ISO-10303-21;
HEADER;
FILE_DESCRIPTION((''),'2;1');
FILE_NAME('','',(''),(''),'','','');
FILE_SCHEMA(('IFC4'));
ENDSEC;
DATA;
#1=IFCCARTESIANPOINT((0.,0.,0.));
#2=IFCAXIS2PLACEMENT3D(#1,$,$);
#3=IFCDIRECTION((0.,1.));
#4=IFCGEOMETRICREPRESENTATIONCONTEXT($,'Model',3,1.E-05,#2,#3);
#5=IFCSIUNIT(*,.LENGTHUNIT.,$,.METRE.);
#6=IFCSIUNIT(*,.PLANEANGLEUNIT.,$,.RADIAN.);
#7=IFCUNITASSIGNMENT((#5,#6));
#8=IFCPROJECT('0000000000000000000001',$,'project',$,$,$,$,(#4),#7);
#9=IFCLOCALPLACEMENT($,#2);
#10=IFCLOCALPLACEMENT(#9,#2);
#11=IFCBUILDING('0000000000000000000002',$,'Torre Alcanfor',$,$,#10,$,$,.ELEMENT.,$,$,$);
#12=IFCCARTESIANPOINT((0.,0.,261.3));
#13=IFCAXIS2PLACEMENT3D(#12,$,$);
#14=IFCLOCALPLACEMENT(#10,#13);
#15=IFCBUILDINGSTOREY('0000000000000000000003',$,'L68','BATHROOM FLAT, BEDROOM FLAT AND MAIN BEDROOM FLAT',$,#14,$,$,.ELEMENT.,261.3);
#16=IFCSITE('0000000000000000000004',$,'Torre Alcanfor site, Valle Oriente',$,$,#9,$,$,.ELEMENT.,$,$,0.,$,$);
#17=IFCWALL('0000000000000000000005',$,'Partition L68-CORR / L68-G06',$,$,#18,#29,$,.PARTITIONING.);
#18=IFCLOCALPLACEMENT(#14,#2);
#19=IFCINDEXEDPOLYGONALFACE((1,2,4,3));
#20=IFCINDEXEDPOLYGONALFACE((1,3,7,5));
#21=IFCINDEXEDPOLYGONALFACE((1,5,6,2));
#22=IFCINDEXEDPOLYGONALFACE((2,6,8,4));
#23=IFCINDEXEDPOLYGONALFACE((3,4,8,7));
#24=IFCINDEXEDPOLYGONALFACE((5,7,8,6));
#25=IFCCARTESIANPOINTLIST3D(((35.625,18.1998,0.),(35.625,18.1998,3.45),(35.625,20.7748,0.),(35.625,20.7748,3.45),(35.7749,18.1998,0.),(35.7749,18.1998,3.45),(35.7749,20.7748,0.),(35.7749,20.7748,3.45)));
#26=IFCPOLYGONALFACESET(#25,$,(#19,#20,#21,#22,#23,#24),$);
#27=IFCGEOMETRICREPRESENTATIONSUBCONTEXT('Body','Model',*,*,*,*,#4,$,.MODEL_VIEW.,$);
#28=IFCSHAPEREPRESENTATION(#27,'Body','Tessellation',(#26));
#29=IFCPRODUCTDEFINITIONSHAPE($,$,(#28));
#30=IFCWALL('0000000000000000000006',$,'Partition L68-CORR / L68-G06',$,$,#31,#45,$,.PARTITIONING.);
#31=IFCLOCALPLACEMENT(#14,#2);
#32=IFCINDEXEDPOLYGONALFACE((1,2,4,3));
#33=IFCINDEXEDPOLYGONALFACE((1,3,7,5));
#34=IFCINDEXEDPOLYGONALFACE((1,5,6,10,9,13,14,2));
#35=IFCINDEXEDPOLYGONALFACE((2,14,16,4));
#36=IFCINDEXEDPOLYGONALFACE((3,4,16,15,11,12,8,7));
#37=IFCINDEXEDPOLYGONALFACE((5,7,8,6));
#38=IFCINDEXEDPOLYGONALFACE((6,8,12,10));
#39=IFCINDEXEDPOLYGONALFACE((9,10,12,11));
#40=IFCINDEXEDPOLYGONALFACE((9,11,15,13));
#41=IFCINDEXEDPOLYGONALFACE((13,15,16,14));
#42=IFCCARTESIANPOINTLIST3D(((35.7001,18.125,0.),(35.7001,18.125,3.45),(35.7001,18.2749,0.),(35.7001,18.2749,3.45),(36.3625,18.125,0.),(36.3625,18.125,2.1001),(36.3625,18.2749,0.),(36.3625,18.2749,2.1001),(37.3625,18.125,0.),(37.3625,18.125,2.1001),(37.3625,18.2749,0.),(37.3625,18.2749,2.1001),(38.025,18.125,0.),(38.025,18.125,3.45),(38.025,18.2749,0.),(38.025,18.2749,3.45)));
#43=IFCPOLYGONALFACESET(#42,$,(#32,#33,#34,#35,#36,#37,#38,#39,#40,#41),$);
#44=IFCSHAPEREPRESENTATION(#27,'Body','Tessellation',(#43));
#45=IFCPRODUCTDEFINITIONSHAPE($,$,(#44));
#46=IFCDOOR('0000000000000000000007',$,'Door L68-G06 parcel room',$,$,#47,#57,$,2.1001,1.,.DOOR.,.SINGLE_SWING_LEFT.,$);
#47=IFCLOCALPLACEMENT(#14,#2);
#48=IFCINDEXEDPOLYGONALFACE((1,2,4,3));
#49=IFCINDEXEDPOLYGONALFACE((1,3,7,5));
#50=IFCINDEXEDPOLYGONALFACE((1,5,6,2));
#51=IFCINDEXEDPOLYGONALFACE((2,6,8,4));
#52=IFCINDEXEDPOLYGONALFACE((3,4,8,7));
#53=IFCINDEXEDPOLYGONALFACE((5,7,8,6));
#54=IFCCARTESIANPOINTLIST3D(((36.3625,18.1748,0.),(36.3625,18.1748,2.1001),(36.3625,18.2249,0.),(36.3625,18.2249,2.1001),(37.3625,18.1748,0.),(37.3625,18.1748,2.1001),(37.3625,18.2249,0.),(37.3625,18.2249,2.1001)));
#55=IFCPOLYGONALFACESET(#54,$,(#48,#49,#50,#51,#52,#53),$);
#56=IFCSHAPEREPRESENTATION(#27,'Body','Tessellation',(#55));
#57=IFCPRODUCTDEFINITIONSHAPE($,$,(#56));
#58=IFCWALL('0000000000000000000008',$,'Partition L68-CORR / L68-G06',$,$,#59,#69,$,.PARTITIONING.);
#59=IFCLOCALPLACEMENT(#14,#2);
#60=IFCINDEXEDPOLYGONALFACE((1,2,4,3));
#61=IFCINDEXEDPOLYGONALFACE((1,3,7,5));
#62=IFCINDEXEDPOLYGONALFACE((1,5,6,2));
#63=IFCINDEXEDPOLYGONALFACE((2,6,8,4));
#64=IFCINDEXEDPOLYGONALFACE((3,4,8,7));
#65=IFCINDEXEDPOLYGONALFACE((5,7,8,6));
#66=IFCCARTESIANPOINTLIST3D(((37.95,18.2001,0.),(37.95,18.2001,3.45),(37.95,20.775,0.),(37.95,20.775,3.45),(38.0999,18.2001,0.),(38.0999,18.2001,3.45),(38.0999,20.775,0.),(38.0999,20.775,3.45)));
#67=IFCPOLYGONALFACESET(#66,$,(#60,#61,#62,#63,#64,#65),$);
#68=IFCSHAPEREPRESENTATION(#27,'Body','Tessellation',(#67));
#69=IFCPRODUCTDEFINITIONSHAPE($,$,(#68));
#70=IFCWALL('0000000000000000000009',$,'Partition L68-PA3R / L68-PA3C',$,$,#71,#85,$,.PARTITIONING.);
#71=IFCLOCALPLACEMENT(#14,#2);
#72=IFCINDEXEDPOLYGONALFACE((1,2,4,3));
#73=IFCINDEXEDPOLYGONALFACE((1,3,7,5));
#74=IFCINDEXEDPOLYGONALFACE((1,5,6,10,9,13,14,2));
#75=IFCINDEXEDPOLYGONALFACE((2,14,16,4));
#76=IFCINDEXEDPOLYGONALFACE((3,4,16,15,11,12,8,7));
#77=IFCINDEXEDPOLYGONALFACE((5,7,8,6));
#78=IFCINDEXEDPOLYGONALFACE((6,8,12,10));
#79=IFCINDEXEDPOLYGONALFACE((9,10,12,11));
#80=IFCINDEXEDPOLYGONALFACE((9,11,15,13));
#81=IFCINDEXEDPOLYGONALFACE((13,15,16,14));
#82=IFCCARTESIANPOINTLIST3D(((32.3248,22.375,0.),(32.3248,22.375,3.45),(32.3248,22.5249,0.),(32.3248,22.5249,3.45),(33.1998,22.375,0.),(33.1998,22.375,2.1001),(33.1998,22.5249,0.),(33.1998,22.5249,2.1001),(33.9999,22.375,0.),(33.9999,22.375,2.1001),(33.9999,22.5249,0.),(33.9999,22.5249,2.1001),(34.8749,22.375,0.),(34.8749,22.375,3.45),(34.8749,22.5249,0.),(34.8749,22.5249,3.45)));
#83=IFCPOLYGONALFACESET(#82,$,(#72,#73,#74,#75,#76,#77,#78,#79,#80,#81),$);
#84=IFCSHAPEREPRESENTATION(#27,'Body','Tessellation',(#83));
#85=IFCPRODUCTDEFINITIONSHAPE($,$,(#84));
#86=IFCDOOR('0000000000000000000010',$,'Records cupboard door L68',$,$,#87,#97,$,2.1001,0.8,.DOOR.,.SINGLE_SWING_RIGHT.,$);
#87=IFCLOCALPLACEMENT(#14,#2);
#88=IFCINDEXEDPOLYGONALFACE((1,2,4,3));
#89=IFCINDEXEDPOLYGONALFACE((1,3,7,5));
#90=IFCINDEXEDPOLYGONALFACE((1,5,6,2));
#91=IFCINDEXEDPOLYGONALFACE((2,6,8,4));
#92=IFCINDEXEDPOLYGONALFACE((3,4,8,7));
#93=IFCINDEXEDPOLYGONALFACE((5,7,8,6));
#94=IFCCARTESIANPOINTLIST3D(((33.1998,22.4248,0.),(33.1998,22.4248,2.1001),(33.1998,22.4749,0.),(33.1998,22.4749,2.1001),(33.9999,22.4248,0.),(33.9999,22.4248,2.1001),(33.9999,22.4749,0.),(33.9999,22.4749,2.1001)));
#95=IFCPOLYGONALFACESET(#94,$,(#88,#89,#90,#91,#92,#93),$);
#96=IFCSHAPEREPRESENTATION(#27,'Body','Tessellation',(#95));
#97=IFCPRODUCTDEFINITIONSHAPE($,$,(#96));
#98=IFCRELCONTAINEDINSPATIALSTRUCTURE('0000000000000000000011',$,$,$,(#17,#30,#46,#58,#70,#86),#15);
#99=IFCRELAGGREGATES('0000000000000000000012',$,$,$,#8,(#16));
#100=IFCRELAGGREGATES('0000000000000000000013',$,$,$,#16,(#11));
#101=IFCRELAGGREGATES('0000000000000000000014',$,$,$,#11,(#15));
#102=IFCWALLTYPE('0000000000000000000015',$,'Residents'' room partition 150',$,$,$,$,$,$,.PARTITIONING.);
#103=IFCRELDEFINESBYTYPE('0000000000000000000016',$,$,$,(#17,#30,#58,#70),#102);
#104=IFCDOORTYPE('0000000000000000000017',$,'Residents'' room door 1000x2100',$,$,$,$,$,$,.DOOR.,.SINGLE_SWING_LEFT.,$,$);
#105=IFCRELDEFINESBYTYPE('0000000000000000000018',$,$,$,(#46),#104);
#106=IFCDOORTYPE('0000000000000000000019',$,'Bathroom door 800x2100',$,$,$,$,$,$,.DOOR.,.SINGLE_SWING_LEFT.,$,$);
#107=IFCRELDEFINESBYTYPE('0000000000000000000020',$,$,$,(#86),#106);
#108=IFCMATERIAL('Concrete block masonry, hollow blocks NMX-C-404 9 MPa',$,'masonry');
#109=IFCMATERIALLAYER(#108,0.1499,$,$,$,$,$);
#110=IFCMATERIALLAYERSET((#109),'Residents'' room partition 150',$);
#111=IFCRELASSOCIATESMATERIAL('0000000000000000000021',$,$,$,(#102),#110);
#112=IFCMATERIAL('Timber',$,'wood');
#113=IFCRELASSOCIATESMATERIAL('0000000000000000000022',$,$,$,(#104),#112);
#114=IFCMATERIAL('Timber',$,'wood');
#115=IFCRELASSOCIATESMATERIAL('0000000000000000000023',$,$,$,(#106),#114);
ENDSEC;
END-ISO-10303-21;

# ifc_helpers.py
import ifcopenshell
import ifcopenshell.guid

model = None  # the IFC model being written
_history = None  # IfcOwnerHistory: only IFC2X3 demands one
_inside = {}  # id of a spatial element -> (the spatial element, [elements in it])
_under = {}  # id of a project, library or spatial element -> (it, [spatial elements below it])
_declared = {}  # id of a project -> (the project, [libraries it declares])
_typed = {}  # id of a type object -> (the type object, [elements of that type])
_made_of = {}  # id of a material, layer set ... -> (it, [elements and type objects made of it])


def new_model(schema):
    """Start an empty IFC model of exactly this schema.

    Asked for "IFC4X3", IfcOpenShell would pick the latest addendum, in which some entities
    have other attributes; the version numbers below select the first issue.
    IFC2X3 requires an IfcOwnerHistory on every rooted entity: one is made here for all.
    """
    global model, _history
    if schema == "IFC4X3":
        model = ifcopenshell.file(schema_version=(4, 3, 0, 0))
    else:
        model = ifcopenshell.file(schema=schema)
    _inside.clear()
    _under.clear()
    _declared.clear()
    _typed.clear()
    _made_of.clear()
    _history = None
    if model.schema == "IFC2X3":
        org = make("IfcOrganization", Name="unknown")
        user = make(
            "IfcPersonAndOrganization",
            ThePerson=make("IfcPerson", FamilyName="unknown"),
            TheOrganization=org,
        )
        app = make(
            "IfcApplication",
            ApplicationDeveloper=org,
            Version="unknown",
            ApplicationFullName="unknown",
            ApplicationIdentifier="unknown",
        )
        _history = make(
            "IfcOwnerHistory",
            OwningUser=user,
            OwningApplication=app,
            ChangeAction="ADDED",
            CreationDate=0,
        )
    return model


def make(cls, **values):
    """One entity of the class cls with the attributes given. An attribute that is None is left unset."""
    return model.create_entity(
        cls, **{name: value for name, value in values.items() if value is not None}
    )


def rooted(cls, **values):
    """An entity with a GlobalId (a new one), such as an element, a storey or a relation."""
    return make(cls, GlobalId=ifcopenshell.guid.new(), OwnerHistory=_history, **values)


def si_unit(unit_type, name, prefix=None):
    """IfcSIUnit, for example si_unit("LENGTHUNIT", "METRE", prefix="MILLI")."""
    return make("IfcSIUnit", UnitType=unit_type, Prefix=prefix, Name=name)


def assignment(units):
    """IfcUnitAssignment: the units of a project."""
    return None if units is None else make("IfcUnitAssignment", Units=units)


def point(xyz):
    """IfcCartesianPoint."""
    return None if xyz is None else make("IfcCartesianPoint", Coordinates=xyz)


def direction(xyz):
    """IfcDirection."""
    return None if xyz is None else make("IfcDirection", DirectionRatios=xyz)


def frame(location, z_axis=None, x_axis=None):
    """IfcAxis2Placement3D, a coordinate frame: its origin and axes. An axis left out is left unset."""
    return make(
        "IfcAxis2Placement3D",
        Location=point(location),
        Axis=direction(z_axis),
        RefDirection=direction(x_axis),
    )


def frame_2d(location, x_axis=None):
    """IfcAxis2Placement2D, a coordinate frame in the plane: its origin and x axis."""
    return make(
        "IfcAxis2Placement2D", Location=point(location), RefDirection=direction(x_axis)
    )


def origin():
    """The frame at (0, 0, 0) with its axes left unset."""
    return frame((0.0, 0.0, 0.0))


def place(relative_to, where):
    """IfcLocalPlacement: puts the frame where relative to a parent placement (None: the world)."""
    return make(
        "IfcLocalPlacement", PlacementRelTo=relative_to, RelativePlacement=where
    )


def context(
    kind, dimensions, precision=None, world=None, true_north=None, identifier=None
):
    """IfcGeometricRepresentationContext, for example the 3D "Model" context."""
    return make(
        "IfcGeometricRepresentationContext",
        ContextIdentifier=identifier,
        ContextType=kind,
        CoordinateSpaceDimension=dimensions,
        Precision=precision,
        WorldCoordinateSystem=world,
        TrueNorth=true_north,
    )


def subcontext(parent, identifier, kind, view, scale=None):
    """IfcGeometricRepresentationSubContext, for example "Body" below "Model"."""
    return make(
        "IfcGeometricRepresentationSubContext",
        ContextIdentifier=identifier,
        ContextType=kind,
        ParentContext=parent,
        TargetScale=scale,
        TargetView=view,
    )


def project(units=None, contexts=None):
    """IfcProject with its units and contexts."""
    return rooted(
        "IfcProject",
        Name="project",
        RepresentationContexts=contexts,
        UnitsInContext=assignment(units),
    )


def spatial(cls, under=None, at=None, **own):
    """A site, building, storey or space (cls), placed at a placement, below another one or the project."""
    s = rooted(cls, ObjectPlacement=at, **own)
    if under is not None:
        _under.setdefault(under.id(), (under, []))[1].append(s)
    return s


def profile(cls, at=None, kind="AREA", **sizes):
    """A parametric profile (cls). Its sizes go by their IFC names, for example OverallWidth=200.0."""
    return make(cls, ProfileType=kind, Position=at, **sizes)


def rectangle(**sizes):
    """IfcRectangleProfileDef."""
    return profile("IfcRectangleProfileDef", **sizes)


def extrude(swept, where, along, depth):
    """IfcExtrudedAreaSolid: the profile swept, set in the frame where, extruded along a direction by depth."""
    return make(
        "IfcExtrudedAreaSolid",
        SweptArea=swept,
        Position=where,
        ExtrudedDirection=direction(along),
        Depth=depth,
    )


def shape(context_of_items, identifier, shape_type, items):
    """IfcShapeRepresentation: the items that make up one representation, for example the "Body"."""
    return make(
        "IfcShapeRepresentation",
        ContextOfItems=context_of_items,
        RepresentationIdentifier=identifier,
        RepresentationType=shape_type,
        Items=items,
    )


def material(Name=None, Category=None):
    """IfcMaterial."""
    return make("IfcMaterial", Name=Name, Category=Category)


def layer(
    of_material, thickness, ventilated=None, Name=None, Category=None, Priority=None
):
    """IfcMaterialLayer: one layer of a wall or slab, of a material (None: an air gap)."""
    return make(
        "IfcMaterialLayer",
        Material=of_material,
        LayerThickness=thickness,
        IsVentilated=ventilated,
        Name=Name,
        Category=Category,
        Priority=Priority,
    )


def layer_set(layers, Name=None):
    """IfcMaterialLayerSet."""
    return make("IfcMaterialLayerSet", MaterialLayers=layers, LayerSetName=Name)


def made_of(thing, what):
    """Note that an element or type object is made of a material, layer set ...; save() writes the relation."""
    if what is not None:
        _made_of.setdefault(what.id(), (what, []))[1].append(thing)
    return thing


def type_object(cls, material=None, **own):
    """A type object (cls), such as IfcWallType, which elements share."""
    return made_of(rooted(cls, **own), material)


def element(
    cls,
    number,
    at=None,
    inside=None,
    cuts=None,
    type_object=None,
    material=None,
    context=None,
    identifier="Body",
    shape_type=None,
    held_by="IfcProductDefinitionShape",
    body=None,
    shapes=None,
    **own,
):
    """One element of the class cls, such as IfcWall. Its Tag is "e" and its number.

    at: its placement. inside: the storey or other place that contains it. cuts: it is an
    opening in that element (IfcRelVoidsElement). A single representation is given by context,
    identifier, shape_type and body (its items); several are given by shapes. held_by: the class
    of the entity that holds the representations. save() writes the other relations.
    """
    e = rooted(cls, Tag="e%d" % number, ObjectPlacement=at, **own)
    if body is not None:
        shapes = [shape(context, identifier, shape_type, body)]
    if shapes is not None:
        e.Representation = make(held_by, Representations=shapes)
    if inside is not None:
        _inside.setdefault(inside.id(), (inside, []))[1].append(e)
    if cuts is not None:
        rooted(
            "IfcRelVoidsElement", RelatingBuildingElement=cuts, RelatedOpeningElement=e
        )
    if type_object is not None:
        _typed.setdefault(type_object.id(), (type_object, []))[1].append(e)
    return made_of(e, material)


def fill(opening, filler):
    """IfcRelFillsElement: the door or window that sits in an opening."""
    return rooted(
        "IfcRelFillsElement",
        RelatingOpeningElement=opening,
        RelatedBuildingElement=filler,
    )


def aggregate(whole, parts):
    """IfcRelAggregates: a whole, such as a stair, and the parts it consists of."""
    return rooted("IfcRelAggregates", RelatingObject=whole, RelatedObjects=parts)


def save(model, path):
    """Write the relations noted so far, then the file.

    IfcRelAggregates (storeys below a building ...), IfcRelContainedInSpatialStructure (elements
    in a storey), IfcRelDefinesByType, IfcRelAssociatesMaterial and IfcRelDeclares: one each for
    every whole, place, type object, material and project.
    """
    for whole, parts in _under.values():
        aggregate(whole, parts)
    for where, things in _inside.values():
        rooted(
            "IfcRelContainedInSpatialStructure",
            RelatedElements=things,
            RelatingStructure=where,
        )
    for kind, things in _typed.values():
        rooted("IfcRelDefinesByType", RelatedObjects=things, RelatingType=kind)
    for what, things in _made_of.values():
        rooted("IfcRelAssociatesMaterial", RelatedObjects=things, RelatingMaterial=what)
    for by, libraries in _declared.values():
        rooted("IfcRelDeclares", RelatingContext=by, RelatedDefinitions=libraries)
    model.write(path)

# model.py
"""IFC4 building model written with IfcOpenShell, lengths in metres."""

from ifc_helpers import new_model, si_unit, direction, frame, frame_2d, origin, place, context, subcontext, project, spatial, rectangle, extrude, material, layer, layer_set, type_object, element, fill, save


model = new_model("IFC4")

# Units and contexts
model_context = context("Model", 3, precision=1e-05, world=origin(), true_north=direction((0.0, 1.0)))
body_context = subcontext(model_context, "Body", "Model", "MODEL_VIEW")
ifc_project = project(units=[si_unit("LENGTHUNIT", "METRE"), si_unit("PLANEANGLEUNIT", "RADIAN")], contexts=[model_context])

# Site, building, storey
site_placement = place(None, origin())
site = spatial("IfcSite", under=ifc_project, at=site_placement, Name="Torre Alcanfor site, Valle Oriente", CompositionType="ELEMENT", RefElevation=0.0)
building_placement = place(site_placement, origin())
building = spatial("IfcBuilding", under=site, at=building_placement, Name="Torre Alcanfor", CompositionType="ELEMENT")
storey_placement = place(building_placement, frame((0.0, 0.0, 261.3)))
storey = spatial("IfcBuildingStorey", under=building, at=storey_placement, Name="L68", Description="BATHROOM FLAT, BEDROOM FLAT AND MAIN BEDROOM FLAT", CompositionType="ELEMENT", Elevation=261.3)

# Shared definitions
ifc_material_1 = material(Name="Concrete block masonry, hollow blocks NMX-C-404 9 MPa", Category="masonry")
ifc_layer_1 = layer(ifc_material_1, 0.1499)
ifc_layer_set_1 = layer_set([ifc_layer_1], Name="Residents' room partition 150")
wall_type_1 = type_object("IfcWallType", Name="Residents' room partition 150", PredefinedType="PARTITIONING", material=ifc_layer_set_1)

# Shared definitions
ifc_material_2 = material(Name="Timber", Category="wood")
door_type_1 = type_object("IfcDoorType", Name="Residents' room door 1000x2100", OperationType="SINGLE_SWING_LEFT", PredefinedType="DOOR", material=ifc_material_2)

# Wall
wall_1_placement = place(storey_placement, frame((35.7, 20.7749, 0.0), z_axis=(0.0, 0.0, 1.0), x_axis=(0.0, -1.0, 0.0)))
element("IfcWall", 1, at=wall_1_placement, inside=storey, type_object=wall_type_1, Name="Partition L68-CORR / L68-G06", PredefinedType="PARTITIONING", context=body_context, shape_type="SweptSolid", body=[
    extrude(rectangle(XDim=2.575, YDim=0.1499, at=frame_2d((1.2876, 0.0))), origin(), (0.0, 0.0, 1.0), 3.45),
])

# Wall, opening, door
wall_2_placement = place(storey_placement, frame((35.7, 18.2, 0.0), z_axis=(0.0, 0.0, 1.0), x_axis=(1.0, 0.0, 0.0)))
wall_2 = element("IfcWall", 2, at=wall_2_placement, inside=storey, type_object=wall_type_1, Name="Partition L68-CORR / L68-G06", PredefinedType="PARTITIONING", context=body_context, shape_type="SweptSolid", body=[
    extrude(rectangle(XDim=2.325, YDim=0.1499, at=frame_2d((1.1626, 0.0))), origin(), (0.0, 0.0, 1.0), 3.45),
])
opening_1_placement = place(wall_2_placement, frame((0.6626, 0.0, 0.0)))
opening_1 = element("IfcOpeningElement", 3, at=opening_1_placement, cuts=wall_2, PredefinedType="OPENING", context=body_context, shape_type="SweptSolid", body=[
    extrude(rectangle(XDim=1.0, YDim=2.1001, at=frame_2d((0.5, 1.05))), frame((0.0, 0.085, 0.0), z_axis=(0.0, -1.0, 0.0), x_axis=(1.0, 0.0, 0.0)), (0.0, 0.0, 1.0), 0.1699),
])
door_1_placement = place(opening_1_placement, origin())
door_1 = element("IfcDoor", 4, at=door_1_placement, inside=storey, type_object=door_type_1, Name="Door L68-G06 parcel room", OperationType="SINGLE_SWING_LEFT", OverallHeight=2.1001, OverallWidth=1.0, PredefinedType="DOOR", context=body_context, shape_type="SweptSolid", body=[
    extrude(rectangle(XDim=1.0, YDim=2.1001, at=frame_2d((0.5, 1.05))), frame((0.0, 0.0249, 0.0), z_axis=(0.0, -1.0, 0.0), x_axis=(1.0, 0.0, 0.0)), (0.0, 0.0, 1.0), 0.05),
])
fill(opening_1, door_1)

# Wall
wall_3_placement = place(storey_placement, frame((38.0249, 18.2, 0.0), z_axis=(0.0, 0.0, 1.0), x_axis=(0.0, 1.0, 0.0)))
element("IfcWall", 5, at=wall_3_placement, inside=storey, type_object=wall_type_1, Name="Partition L68-CORR / L68-G06", PredefinedType="PARTITIONING", context=body_context, shape_type="SweptSolid", body=[
    extrude(rectangle(XDim=2.575, YDim=0.1499, at=frame_2d((1.2876, 0.0))), origin(), (0.0, 0.0, 1.0), 3.45),
])

# Wall, opening, door
wall_4_placement = place(storey_placement, frame((32.325, 22.45, 0.0), z_axis=(0.0, 0.0, 1.0), x_axis=(1.0, 0.0, 0.0)))
wall_4 = element("IfcWall", 6, at=wall_4_placement, inside=storey, type_object=wall_type_1, Name="Partition L68-PA3R / L68-PA3C", PredefinedType="PARTITIONING", context=body_context, shape_type="SweptSolid", body=[
    extrude(rectangle(XDim=2.55, YDim=0.1499, at=frame_2d((1.2749, 0.0))), origin(), (0.0, 0.0, 1.0), 3.45),
])
opening_2_placement = place(wall_4_placement, frame((0.875, 0.0, 0.0)))
opening_2 = element("IfcOpeningElement", 7, at=opening_2_placement, cuts=wall_4, PredefinedType="OPENING", context=body_context, shape_type="SweptSolid", body=[
    extrude(rectangle(XDim=0.8, YDim=2.1001, at=frame_2d((0.3999, 1.05))), frame((0.0, 0.085, 0.0), z_axis=(0.0, -1.0, 0.0), x_axis=(1.0, 0.0, 0.0)), (0.0, 0.0, 1.0), 0.1699),
])
ifc_material_3 = material(Name="Timber", Category="wood")
door_type_2 = type_object("IfcDoorType", Name="Bathroom door 800x2100", OperationType="SINGLE_SWING_LEFT", PredefinedType="DOOR", material=ifc_material_3)
door_2_placement = place(opening_2_placement, frame((0.8, 0.0, 0.0), z_axis=(0.0, 0.0, 1.0), x_axis=(-1.0, 0.0, 0.0)))
door_2 = element("IfcDoor", 8, at=door_2_placement, inside=storey, type_object=door_type_2, Name="Records cupboard door L68", OperationType="SINGLE_SWING_RIGHT", OverallHeight=2.1001, OverallWidth=0.8, PredefinedType="DOOR", context=body_context, shape_type="SweptSolid", body=[
    extrude(rectangle(XDim=0.8, YDim=2.1001, at=frame_2d((0.4001, 1.05))), frame((0.0, 0.0251, 0.0), z_axis=(0.0, -1.0, 0.0), x_axis=(1.0, 0.0, 0.0)), (0.0, 0.0, 1.0), 0.05),
])
fill(opening_2, door_2)

save(model, "model.ifc")
